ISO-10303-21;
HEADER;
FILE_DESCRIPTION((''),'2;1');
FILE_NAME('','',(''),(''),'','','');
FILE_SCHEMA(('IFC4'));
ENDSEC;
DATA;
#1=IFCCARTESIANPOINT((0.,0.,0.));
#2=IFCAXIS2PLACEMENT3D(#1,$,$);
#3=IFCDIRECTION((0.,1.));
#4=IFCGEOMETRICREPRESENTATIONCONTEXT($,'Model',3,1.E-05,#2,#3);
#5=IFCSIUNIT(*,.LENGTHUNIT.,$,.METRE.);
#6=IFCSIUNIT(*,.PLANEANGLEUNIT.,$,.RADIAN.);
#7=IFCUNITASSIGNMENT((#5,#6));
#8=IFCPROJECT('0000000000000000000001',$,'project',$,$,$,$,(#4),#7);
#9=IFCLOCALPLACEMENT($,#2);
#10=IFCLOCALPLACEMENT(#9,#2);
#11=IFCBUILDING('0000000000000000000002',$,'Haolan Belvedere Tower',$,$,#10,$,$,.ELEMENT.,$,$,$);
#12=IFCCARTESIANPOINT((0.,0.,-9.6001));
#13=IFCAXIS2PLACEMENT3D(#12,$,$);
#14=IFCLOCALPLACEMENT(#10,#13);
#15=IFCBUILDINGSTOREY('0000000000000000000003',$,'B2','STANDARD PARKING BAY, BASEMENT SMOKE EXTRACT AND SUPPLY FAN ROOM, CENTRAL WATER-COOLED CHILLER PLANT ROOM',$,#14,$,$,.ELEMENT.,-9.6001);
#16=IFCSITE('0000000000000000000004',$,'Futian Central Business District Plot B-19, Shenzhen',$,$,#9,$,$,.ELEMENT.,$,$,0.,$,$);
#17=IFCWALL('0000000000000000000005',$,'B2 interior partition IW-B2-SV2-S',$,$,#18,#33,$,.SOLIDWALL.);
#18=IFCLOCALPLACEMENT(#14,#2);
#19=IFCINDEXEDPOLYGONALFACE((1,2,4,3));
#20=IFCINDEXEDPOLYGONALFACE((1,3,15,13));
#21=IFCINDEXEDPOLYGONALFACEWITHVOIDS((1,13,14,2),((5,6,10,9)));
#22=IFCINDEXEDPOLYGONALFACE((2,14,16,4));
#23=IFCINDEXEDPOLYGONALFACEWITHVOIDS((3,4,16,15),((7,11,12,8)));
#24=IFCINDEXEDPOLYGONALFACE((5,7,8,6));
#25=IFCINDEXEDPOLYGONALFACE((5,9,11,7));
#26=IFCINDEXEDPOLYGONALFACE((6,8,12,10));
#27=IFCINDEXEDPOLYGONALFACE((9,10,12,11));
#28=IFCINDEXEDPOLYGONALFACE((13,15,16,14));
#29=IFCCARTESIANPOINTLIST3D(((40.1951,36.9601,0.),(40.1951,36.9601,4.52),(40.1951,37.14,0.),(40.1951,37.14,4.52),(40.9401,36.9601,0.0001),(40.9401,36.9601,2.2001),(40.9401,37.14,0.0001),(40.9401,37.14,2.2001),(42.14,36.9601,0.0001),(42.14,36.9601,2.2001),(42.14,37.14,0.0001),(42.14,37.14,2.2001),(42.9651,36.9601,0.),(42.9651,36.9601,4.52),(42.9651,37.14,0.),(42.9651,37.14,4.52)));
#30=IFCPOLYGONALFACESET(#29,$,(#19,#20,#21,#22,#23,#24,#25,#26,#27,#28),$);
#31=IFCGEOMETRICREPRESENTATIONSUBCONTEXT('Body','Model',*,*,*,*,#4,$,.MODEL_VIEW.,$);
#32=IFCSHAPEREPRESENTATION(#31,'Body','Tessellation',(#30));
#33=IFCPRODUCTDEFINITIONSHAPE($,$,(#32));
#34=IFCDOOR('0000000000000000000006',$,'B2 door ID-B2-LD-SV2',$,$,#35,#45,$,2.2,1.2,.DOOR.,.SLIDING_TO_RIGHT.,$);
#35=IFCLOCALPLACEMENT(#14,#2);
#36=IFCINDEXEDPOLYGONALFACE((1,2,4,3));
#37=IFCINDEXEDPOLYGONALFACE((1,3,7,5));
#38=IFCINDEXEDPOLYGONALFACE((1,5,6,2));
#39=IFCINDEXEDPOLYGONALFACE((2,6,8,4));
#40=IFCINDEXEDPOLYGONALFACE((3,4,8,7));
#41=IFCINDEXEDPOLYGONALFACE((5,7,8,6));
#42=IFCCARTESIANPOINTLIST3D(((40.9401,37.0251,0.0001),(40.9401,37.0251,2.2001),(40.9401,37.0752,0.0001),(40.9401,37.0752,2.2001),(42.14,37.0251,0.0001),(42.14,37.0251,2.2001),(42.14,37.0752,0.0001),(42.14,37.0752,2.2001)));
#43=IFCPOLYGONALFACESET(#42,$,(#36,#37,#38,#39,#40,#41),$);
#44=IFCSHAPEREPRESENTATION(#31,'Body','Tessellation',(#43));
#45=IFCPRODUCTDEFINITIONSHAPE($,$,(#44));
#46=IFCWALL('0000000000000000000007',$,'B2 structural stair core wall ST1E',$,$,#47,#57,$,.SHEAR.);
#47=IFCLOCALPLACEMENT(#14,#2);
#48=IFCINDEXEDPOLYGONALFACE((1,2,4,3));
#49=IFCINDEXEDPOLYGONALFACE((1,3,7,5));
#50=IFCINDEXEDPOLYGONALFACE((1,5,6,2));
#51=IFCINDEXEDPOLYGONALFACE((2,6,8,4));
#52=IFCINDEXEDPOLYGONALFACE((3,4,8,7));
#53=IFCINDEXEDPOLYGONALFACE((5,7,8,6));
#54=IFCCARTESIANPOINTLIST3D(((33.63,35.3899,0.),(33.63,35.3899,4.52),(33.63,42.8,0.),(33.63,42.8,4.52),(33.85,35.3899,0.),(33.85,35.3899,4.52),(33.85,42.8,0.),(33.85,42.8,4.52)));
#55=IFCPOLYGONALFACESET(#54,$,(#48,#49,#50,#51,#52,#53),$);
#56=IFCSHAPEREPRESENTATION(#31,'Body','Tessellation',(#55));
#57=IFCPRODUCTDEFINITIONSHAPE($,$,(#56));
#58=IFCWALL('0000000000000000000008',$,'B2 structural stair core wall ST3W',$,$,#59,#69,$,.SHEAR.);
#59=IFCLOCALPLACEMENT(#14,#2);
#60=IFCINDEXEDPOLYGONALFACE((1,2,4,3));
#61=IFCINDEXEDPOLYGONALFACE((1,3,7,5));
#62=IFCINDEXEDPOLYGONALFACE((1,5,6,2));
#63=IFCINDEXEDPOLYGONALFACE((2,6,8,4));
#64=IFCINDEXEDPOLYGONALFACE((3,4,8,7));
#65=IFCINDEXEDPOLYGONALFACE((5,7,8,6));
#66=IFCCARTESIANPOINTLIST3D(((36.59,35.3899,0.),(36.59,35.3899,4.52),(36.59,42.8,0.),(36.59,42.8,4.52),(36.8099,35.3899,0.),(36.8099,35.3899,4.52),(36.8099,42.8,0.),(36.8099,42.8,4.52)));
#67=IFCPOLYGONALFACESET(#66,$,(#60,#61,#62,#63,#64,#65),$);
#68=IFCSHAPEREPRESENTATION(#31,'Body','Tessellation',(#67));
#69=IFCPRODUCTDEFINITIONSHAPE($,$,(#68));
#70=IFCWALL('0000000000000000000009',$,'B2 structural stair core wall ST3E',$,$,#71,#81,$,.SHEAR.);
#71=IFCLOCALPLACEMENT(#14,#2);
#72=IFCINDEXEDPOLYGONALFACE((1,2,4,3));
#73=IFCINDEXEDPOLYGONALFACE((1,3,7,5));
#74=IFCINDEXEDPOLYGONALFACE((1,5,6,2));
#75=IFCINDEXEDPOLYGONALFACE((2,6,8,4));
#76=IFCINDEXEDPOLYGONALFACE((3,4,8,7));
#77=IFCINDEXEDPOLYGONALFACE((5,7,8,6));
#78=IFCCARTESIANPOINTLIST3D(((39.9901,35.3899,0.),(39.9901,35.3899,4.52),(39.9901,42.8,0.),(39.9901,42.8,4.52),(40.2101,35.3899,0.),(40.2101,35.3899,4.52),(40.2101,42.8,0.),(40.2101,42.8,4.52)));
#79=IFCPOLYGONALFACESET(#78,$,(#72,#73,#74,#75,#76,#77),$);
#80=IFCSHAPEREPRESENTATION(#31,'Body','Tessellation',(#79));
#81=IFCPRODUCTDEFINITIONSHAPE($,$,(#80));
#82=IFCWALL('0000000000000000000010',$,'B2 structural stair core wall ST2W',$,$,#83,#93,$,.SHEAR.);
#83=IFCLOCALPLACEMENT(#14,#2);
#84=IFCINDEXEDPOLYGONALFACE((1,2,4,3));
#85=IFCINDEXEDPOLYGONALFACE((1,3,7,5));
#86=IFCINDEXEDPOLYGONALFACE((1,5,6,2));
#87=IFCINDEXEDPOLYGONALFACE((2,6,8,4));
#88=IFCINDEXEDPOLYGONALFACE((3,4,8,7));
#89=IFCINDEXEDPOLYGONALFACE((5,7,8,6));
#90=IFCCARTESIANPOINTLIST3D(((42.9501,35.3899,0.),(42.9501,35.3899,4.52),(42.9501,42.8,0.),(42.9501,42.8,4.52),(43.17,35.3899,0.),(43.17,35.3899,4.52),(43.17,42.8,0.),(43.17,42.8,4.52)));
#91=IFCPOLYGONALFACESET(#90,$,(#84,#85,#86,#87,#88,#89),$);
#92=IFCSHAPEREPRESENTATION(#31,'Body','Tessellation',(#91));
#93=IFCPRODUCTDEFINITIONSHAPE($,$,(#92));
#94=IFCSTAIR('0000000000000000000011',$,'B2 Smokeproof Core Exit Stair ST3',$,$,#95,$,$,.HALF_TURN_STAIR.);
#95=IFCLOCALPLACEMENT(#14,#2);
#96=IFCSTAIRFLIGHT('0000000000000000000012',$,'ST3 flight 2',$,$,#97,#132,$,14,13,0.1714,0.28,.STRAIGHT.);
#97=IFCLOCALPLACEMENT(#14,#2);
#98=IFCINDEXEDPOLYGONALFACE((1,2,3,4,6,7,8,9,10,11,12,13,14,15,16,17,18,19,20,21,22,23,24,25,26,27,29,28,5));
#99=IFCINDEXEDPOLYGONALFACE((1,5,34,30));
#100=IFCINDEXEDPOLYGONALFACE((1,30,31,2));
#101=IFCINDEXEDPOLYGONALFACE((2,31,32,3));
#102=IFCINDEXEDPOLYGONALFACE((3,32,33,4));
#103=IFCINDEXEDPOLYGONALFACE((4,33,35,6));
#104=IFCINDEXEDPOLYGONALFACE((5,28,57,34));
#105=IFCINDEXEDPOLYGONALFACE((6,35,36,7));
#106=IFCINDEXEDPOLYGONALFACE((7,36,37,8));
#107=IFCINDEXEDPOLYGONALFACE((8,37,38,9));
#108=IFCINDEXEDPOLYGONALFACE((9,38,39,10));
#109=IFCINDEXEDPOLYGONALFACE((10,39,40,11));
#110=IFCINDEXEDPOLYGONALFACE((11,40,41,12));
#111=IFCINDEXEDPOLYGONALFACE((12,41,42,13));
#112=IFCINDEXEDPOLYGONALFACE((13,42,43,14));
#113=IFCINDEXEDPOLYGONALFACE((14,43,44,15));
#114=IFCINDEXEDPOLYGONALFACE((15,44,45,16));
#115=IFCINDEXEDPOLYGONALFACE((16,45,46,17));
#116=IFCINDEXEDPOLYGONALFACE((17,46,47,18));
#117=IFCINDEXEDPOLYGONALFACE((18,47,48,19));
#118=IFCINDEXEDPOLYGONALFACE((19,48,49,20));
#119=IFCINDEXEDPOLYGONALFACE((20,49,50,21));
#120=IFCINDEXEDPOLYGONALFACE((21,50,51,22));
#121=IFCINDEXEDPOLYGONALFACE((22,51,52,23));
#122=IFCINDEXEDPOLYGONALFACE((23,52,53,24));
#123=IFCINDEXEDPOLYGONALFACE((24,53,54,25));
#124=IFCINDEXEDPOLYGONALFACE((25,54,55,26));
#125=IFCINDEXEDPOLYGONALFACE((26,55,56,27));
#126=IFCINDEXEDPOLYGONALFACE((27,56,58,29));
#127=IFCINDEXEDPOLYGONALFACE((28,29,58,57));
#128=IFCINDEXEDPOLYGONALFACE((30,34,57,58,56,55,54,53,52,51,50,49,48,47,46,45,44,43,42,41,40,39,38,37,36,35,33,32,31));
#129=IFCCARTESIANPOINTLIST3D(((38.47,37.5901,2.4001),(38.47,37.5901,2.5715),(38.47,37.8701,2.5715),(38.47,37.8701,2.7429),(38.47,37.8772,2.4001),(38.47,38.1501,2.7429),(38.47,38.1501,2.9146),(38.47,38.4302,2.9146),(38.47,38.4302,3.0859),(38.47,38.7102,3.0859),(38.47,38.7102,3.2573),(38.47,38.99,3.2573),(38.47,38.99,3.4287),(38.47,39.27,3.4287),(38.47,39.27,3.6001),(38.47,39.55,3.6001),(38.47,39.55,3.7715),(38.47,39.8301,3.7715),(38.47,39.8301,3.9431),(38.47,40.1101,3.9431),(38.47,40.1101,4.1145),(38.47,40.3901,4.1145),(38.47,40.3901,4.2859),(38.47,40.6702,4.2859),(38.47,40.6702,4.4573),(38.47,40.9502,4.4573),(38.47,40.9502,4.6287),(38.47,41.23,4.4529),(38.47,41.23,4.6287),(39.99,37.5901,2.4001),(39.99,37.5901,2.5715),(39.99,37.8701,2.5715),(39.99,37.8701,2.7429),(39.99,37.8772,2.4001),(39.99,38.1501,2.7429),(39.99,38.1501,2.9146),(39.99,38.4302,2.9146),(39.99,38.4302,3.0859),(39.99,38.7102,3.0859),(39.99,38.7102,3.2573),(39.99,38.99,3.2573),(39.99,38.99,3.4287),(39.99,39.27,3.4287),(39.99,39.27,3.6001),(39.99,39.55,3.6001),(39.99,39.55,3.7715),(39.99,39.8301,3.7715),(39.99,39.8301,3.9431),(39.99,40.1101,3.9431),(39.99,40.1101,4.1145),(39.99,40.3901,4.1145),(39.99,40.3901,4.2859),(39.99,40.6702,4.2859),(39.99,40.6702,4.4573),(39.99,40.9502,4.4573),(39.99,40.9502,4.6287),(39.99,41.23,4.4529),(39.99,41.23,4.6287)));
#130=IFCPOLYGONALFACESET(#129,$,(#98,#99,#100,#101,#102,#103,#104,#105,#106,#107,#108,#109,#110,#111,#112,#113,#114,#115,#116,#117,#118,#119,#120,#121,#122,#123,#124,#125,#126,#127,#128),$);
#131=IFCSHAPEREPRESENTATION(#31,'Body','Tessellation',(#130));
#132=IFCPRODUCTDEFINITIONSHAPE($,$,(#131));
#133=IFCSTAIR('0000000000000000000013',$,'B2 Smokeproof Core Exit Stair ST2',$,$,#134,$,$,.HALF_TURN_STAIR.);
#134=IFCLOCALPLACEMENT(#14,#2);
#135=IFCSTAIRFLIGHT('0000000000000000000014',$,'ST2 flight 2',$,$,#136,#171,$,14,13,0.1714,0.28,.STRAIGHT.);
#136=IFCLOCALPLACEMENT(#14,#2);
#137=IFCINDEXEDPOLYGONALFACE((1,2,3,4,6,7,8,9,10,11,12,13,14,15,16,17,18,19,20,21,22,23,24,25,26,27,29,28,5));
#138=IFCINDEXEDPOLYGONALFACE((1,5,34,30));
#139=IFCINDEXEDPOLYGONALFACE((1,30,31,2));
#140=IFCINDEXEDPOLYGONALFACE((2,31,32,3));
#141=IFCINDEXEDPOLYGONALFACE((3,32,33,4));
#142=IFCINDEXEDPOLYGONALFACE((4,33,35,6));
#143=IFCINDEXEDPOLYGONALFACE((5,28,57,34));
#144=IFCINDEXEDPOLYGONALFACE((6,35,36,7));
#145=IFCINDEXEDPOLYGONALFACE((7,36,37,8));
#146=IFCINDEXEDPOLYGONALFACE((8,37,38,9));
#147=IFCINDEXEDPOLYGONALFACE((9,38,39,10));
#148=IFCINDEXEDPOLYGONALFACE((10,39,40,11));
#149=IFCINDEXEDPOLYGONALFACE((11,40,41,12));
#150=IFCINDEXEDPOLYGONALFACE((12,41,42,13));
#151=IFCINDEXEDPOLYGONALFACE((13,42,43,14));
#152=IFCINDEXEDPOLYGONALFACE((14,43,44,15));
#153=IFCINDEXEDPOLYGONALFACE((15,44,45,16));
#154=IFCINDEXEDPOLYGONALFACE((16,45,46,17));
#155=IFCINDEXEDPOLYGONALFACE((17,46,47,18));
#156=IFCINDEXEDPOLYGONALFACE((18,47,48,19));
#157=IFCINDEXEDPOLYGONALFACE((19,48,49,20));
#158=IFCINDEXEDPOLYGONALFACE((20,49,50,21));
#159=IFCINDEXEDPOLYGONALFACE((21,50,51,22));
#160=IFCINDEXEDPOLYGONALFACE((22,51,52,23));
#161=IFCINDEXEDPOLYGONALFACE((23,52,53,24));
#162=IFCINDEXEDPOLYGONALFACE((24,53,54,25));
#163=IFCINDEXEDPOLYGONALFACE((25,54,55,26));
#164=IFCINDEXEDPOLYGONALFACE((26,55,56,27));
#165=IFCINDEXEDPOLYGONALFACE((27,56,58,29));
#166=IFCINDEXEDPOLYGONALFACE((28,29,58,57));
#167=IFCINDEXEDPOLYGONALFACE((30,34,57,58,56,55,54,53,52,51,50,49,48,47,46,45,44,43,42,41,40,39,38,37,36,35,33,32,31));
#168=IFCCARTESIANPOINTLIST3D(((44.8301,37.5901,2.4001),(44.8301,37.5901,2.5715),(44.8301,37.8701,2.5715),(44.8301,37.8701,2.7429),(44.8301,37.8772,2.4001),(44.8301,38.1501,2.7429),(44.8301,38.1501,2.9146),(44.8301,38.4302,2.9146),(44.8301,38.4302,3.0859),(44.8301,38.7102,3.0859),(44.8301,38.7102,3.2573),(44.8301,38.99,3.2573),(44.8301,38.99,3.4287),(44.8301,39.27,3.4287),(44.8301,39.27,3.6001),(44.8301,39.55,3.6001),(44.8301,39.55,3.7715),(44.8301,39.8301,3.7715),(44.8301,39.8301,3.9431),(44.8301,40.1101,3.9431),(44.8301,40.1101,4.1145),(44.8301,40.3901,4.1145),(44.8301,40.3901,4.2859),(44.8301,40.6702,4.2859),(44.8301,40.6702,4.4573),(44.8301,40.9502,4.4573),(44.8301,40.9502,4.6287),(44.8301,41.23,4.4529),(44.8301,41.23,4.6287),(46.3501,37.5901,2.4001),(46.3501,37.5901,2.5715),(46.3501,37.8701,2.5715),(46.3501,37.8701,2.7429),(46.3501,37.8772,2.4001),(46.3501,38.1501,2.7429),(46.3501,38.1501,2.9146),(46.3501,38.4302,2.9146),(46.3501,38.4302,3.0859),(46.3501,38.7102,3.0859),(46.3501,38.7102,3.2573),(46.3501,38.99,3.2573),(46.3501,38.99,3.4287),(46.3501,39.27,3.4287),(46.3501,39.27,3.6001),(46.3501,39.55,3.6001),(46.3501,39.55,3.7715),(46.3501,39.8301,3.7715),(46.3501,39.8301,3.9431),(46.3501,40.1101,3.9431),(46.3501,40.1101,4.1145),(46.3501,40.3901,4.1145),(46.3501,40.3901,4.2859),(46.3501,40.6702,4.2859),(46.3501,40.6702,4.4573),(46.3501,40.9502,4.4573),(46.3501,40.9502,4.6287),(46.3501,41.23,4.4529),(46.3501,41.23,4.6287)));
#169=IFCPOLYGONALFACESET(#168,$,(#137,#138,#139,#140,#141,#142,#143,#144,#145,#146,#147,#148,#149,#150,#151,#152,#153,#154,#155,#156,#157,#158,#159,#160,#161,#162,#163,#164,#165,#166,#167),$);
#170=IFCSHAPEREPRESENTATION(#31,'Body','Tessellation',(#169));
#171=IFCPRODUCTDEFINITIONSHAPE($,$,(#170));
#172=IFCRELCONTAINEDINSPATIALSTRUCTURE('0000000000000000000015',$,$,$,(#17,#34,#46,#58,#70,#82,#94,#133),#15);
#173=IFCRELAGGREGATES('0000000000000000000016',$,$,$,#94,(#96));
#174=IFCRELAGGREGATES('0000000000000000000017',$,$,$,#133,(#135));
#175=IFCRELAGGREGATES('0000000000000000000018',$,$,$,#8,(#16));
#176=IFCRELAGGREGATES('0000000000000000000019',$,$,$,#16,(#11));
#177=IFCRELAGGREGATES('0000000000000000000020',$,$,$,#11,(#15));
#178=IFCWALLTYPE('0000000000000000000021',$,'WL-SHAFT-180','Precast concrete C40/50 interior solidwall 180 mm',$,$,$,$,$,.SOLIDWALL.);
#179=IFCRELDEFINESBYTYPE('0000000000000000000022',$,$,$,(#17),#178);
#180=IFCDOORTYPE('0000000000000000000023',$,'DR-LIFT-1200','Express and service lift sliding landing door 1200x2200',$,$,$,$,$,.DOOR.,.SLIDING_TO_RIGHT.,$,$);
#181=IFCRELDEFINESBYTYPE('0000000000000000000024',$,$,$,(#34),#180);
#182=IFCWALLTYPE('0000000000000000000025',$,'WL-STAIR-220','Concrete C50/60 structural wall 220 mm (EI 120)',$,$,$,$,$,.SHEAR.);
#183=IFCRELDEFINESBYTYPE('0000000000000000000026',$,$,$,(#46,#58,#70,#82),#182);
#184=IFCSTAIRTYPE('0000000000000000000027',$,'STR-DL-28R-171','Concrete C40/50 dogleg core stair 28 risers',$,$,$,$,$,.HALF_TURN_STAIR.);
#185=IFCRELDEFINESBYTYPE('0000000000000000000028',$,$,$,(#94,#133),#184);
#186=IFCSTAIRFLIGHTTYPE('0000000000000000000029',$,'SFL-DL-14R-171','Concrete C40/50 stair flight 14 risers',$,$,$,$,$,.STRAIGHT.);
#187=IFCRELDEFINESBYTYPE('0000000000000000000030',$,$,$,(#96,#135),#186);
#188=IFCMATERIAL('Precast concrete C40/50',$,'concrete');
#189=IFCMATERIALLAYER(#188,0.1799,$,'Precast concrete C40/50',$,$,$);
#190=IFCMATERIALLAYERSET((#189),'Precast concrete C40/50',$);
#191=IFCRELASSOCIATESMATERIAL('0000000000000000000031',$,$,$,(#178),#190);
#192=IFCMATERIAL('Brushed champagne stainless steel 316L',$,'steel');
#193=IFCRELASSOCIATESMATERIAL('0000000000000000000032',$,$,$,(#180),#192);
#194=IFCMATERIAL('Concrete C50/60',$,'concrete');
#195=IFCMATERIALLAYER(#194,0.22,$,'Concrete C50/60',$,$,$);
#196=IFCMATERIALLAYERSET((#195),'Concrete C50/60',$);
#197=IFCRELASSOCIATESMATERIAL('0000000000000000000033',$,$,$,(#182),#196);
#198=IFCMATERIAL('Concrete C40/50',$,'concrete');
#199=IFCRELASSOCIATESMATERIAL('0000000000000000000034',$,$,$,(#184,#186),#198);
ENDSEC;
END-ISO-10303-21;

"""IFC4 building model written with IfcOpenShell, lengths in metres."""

from ifc_helpers import new_model, si_unit, direction, frame, frame_2d, origin, place, context, subcontext, project, spatial, polyline, rectangle, outline, extrude, material, layer, layer_set, type_object, element, fill, aggregate, save


model = new_model("IFC4")

# Units and contexts
model_context = context("Model", 3, precision=1e-05, world=origin(), true_north=direction((0.0, 1.0)))
body_context = subcontext(model_context, "Body", "Model", "MODEL_VIEW")
ifc_project = project(units=[si_unit("LENGTHUNIT", "METRE"), si_unit("PLANEANGLEUNIT", "RADIAN")], contexts=[model_context])

# Site, building, storey
site_placement = place(None, origin())
site = spatial("IfcSite", under=ifc_project, at=site_placement, Name="Futian Central Business District Plot B-19, Shenzhen", CompositionType="ELEMENT", RefElevation=0.0)
building_placement = place(site_placement, origin())
building = spatial("IfcBuilding", under=site, at=building_placement, Name="Haolan Belvedere Tower", CompositionType="ELEMENT")
storey_placement = place(building_placement, frame((0.0, 0.0, -9.6001)))
storey = spatial("IfcBuildingStorey", under=building, at=storey_placement, Name="B2", Description="STANDARD PARKING BAY, BASEMENT SMOKE EXTRACT AND SUPPLY FAN ROOM, CENTRAL WATER-COOLED CHILLER PLANT ROOM", CompositionType="ELEMENT", Elevation=-9.6001)

# Wall, opening, door
ifc_material_1 = material(Name="Precast concrete C40/50", Category="concrete")
ifc_layer_1 = layer(ifc_material_1, 0.1799, Name="Precast concrete C40/50")
ifc_layer_set_1 = layer_set([ifc_layer_1], Name="Precast concrete C40/50")
wall_type_1 = type_object("IfcWallType", Name="WL-SHAFT-180", Description="Precast concrete C40/50 interior solidwall 180 mm", PredefinedType="SOLIDWALL", material=ifc_layer_set_1)
ifc_material_2 = material(Name="Brushed champagne stainless steel 316L", Category="steel")
door_type_1 = type_object("IfcDoorType", Name="DR-LIFT-1200", Description="Express and service lift sliding landing door 1200x2200", OperationType="SLIDING_TO_RIGHT", PredefinedType="DOOR", material=ifc_material_2)
wall_1_placement = place(storey_placement, frame((40.1951, 37.05, 0.0), z_axis=(0.0, 0.0, 1.0), x_axis=(1.0, 0.0, 0.0)))
wall_1 = element("IfcWall", 1, at=wall_1_placement, inside=storey, type_object=wall_type_1, Name="B2 interior partition IW-B2-SV2-S", PredefinedType="SOLIDWALL", context=body_context, shape_type="SweptSolid", body=[
    extrude(rectangle(XDim=2.77, YDim=0.1799, at=frame_2d((1.385, 0.0))), origin(), (0.0, 0.0, 1.0), 4.52),
])
opening_1_placement = place(wall_1_placement, frame((1.9451, 0.0, 0.0), z_axis=(0.0, 0.0, 1.0), x_axis=(-1.0, 0.0, 0.0)))
opening_1 = element("IfcOpeningElement", 2, at=opening_1_placement, cuts=wall_1, PredefinedType="OPENING", context=body_context, shape_type="SweptSolid", body=[
    extrude(rectangle(XDim=1.2, YDim=2.2, at=frame_2d((0.6001, 1.1001))), frame((0.0, 0.0999, 0.0), z_axis=(0.0, -1.0, 0.0), x_axis=(1.0, 0.0, 0.0)), (0.0, 0.0, 1.0), 0.2),
])
door_1_placement = place(opening_1_placement, origin())
door_1 = element("IfcDoor", 3, at=door_1_placement, inside=storey, type_object=door_type_1, Name="B2 door ID-B2-LD-SV2", OperationType="SLIDING_TO_RIGHT", OverallHeight=2.2, OverallWidth=1.2, PredefinedType="DOOR", context=body_context, shape_type="SweptSolid", body=[
    extrude(rectangle(XDim=1.2, YDim=2.2, at=frame_2d((0.6001, 1.1001))), frame((0.0, 0.0249, 0.0), z_axis=(0.0, -1.0, 0.0), x_axis=(1.0, 0.0, 0.0)), (0.0, 0.0, 1.0), 0.05),
])
fill(opening_1, door_1)

# Walls
ifc_material_3 = material(Name="Concrete C50/60", Category="concrete")
ifc_layer_2 = layer(ifc_material_3, 0.22, Name="Concrete C50/60")
ifc_layer_set_2 = layer_set([ifc_layer_2], Name="Concrete C50/60")
wall_type_2 = type_object("IfcWallType", Name="WL-STAIR-220", Description="Concrete C50/60 structural wall 220 mm (EI 120)", PredefinedType="SHEAR", material=ifc_layer_set_2)
for number, where, z_axis, x_axis, name in (
    (4, (33.74, 35.3899, 0.0), (0.0, 0.0, 1.0), (0.0, 1.0, 0.0), "B2 structural stair core wall ST1E"),
    (5, (36.7, 35.3899, 0.0), (0.0, 0.0, 1.0), (0.0, 1.0, 0.0), "B2 structural stair core wall ST3W"),
    (6, (40.1001, 35.3899, 0.0), (0.0, 0.0, 1.0), (0.0, 1.0, 0.0), "B2 structural stair core wall ST3E"),
    (7, (43.0601, 35.3899, 0.0), (0.0, 0.0, 1.0), (0.0, 1.0, 0.0), "B2 structural stair core wall ST2W"),
):
    element("IfcWall", number, at=place(storey_placement, frame(where, z_axis=z_axis, x_axis=x_axis)), inside=storey, type_object=wall_type_2, Name=name, PredefinedType="SHEAR", context=body_context, shape_type="SweptSolid", body=[
        extrude(rectangle(XDim=7.4102, YDim=0.22, at=frame_2d((3.7051, 0.0))), origin(), (0.0, 0.0, 1.0), 4.52),
    ])

# Stairs, stair flights
ifc_material_4 = material(Name="Concrete C40/50", Category="concrete")
stair_type = type_object("IfcStairType", Name="STR-DL-28R-171", Description="Concrete C40/50 dogleg core stair 28 risers", PredefinedType="HALF_TURN_STAIR", material=ifc_material_4)
stair_1_placement = place(storey_placement, origin())
stair_1 = element("IfcStair", 8, at=stair_1_placement, inside=storey, type_object=stair_type, Name="B2 Smokeproof Core Exit Stair ST3", PredefinedType="HALF_TURN_STAIR")
stair_flight_type = type_object("IfcStairFlightType", Name="SFL-DL-14R-171", Description="Concrete C40/50 stair flight 14 risers", PredefinedType="STRAIGHT", material=ifc_material_4)
stair_flight_1_placement = place(storey_placement, frame((39.23, 37.5901, 2.4001), z_axis=(0.0, 0.0, 1.0), x_axis=(0.0, 1.0, 0.0)))
stair_flight_1 = element("IfcStairFlight", 9, at=stair_flight_1_placement, type_object=stair_flight_type, Name="ST3 flight 2", NumberOfRisers=14, NumberOfTreads=13, PredefinedType="STRAIGHT", RiserHeight=0.1714, TreadLength=0.28, context=body_context, shape_type="SweptSolid", body=[
    extrude(outline(polyline([(0.0, 0.0), (0.0, 0.1714), (0.28, 0.1714), (0.28, 0.3428), (0.5601, 0.3428), (0.5601, 0.5144), (0.8401, 0.5144), (0.8401, 0.6858), (1.1201, 0.6858), (1.1201, 0.8572), (1.3999, 0.8572), (1.3999, 1.0286), (1.6799, 1.0286), (1.6799, 1.2), (1.96, 1.2), (1.96, 1.3713), (2.24, 1.3713), (2.24, 1.543), (2.52, 1.543), (2.52, 1.7144), (2.8, 1.7144), (2.8, 1.8857), (3.0801, 1.8857), (3.0801, 2.0571), (3.3601, 2.0571), (3.3601, 2.2285), (3.6399, 2.2285), (3.6399, 2.3999), (3.6399, 2.0527), (0.2871, 0.0), (0.0, 0.0)])), frame((0.0, 0.76, 0.0), z_axis=(0.0, -1.0, 0.0), x_axis=(1.0, 0.0, 0.0)), (0.0, 0.0, 1.0), 1.52),
])
aggregate(stair_1, [stair_flight_1])
stair_2_placement = place(storey_placement, origin())
stair_2 = element("IfcStair", 10, at=stair_2_placement, inside=storey, type_object=stair_type, Name="B2 Smokeproof Core Exit Stair ST2", PredefinedType="HALF_TURN_STAIR")
stair_flight_2_placement = place(storey_placement, frame((45.5901, 37.5901, 2.4001), z_axis=(0.0, 0.0, 1.0), x_axis=(0.0, 1.0, 0.0)))
stair_flight_2 = element("IfcStairFlight", 11, at=stair_flight_2_placement, type_object=stair_flight_type, Name="ST2 flight 2", NumberOfRisers=14, NumberOfTreads=13, PredefinedType="STRAIGHT", RiserHeight=0.1714, TreadLength=0.28, context=body_context, shape_type="SweptSolid", body=[
    extrude(outline(polyline([(0.0, 0.0), (0.0, 0.1714), (0.28, 0.1714), (0.28, 0.3428), (0.5601, 0.3428), (0.5601, 0.5144), (0.8401, 0.5144), (0.8401, 0.6858), (1.1201, 0.6858), (1.1201, 0.8572), (1.3999, 0.8572), (1.3999, 1.0286), (1.6799, 1.0286), (1.6799, 1.2), (1.96, 1.2), (1.96, 1.3713), (2.24, 1.3713), (2.24, 1.543), (2.52, 1.543), (2.52, 1.7144), (2.8, 1.7144), (2.8, 1.8857), (3.0801, 1.8857), (3.0801, 2.0571), (3.3601, 2.0571), (3.3601, 2.2285), (3.6399, 2.2285), (3.6399, 2.3999), (3.6399, 2.0527), (0.2871, 0.0), (0.0, 0.0)])), frame((0.0, 0.76, 0.0), z_axis=(0.0, -1.0, 0.0), x_axis=(1.0, 0.0, 0.0)), (0.0, 0.0, 1.0), 1.52),
])
aggregate(stair_2, [stair_flight_2])

save(model, "model.ifc")
